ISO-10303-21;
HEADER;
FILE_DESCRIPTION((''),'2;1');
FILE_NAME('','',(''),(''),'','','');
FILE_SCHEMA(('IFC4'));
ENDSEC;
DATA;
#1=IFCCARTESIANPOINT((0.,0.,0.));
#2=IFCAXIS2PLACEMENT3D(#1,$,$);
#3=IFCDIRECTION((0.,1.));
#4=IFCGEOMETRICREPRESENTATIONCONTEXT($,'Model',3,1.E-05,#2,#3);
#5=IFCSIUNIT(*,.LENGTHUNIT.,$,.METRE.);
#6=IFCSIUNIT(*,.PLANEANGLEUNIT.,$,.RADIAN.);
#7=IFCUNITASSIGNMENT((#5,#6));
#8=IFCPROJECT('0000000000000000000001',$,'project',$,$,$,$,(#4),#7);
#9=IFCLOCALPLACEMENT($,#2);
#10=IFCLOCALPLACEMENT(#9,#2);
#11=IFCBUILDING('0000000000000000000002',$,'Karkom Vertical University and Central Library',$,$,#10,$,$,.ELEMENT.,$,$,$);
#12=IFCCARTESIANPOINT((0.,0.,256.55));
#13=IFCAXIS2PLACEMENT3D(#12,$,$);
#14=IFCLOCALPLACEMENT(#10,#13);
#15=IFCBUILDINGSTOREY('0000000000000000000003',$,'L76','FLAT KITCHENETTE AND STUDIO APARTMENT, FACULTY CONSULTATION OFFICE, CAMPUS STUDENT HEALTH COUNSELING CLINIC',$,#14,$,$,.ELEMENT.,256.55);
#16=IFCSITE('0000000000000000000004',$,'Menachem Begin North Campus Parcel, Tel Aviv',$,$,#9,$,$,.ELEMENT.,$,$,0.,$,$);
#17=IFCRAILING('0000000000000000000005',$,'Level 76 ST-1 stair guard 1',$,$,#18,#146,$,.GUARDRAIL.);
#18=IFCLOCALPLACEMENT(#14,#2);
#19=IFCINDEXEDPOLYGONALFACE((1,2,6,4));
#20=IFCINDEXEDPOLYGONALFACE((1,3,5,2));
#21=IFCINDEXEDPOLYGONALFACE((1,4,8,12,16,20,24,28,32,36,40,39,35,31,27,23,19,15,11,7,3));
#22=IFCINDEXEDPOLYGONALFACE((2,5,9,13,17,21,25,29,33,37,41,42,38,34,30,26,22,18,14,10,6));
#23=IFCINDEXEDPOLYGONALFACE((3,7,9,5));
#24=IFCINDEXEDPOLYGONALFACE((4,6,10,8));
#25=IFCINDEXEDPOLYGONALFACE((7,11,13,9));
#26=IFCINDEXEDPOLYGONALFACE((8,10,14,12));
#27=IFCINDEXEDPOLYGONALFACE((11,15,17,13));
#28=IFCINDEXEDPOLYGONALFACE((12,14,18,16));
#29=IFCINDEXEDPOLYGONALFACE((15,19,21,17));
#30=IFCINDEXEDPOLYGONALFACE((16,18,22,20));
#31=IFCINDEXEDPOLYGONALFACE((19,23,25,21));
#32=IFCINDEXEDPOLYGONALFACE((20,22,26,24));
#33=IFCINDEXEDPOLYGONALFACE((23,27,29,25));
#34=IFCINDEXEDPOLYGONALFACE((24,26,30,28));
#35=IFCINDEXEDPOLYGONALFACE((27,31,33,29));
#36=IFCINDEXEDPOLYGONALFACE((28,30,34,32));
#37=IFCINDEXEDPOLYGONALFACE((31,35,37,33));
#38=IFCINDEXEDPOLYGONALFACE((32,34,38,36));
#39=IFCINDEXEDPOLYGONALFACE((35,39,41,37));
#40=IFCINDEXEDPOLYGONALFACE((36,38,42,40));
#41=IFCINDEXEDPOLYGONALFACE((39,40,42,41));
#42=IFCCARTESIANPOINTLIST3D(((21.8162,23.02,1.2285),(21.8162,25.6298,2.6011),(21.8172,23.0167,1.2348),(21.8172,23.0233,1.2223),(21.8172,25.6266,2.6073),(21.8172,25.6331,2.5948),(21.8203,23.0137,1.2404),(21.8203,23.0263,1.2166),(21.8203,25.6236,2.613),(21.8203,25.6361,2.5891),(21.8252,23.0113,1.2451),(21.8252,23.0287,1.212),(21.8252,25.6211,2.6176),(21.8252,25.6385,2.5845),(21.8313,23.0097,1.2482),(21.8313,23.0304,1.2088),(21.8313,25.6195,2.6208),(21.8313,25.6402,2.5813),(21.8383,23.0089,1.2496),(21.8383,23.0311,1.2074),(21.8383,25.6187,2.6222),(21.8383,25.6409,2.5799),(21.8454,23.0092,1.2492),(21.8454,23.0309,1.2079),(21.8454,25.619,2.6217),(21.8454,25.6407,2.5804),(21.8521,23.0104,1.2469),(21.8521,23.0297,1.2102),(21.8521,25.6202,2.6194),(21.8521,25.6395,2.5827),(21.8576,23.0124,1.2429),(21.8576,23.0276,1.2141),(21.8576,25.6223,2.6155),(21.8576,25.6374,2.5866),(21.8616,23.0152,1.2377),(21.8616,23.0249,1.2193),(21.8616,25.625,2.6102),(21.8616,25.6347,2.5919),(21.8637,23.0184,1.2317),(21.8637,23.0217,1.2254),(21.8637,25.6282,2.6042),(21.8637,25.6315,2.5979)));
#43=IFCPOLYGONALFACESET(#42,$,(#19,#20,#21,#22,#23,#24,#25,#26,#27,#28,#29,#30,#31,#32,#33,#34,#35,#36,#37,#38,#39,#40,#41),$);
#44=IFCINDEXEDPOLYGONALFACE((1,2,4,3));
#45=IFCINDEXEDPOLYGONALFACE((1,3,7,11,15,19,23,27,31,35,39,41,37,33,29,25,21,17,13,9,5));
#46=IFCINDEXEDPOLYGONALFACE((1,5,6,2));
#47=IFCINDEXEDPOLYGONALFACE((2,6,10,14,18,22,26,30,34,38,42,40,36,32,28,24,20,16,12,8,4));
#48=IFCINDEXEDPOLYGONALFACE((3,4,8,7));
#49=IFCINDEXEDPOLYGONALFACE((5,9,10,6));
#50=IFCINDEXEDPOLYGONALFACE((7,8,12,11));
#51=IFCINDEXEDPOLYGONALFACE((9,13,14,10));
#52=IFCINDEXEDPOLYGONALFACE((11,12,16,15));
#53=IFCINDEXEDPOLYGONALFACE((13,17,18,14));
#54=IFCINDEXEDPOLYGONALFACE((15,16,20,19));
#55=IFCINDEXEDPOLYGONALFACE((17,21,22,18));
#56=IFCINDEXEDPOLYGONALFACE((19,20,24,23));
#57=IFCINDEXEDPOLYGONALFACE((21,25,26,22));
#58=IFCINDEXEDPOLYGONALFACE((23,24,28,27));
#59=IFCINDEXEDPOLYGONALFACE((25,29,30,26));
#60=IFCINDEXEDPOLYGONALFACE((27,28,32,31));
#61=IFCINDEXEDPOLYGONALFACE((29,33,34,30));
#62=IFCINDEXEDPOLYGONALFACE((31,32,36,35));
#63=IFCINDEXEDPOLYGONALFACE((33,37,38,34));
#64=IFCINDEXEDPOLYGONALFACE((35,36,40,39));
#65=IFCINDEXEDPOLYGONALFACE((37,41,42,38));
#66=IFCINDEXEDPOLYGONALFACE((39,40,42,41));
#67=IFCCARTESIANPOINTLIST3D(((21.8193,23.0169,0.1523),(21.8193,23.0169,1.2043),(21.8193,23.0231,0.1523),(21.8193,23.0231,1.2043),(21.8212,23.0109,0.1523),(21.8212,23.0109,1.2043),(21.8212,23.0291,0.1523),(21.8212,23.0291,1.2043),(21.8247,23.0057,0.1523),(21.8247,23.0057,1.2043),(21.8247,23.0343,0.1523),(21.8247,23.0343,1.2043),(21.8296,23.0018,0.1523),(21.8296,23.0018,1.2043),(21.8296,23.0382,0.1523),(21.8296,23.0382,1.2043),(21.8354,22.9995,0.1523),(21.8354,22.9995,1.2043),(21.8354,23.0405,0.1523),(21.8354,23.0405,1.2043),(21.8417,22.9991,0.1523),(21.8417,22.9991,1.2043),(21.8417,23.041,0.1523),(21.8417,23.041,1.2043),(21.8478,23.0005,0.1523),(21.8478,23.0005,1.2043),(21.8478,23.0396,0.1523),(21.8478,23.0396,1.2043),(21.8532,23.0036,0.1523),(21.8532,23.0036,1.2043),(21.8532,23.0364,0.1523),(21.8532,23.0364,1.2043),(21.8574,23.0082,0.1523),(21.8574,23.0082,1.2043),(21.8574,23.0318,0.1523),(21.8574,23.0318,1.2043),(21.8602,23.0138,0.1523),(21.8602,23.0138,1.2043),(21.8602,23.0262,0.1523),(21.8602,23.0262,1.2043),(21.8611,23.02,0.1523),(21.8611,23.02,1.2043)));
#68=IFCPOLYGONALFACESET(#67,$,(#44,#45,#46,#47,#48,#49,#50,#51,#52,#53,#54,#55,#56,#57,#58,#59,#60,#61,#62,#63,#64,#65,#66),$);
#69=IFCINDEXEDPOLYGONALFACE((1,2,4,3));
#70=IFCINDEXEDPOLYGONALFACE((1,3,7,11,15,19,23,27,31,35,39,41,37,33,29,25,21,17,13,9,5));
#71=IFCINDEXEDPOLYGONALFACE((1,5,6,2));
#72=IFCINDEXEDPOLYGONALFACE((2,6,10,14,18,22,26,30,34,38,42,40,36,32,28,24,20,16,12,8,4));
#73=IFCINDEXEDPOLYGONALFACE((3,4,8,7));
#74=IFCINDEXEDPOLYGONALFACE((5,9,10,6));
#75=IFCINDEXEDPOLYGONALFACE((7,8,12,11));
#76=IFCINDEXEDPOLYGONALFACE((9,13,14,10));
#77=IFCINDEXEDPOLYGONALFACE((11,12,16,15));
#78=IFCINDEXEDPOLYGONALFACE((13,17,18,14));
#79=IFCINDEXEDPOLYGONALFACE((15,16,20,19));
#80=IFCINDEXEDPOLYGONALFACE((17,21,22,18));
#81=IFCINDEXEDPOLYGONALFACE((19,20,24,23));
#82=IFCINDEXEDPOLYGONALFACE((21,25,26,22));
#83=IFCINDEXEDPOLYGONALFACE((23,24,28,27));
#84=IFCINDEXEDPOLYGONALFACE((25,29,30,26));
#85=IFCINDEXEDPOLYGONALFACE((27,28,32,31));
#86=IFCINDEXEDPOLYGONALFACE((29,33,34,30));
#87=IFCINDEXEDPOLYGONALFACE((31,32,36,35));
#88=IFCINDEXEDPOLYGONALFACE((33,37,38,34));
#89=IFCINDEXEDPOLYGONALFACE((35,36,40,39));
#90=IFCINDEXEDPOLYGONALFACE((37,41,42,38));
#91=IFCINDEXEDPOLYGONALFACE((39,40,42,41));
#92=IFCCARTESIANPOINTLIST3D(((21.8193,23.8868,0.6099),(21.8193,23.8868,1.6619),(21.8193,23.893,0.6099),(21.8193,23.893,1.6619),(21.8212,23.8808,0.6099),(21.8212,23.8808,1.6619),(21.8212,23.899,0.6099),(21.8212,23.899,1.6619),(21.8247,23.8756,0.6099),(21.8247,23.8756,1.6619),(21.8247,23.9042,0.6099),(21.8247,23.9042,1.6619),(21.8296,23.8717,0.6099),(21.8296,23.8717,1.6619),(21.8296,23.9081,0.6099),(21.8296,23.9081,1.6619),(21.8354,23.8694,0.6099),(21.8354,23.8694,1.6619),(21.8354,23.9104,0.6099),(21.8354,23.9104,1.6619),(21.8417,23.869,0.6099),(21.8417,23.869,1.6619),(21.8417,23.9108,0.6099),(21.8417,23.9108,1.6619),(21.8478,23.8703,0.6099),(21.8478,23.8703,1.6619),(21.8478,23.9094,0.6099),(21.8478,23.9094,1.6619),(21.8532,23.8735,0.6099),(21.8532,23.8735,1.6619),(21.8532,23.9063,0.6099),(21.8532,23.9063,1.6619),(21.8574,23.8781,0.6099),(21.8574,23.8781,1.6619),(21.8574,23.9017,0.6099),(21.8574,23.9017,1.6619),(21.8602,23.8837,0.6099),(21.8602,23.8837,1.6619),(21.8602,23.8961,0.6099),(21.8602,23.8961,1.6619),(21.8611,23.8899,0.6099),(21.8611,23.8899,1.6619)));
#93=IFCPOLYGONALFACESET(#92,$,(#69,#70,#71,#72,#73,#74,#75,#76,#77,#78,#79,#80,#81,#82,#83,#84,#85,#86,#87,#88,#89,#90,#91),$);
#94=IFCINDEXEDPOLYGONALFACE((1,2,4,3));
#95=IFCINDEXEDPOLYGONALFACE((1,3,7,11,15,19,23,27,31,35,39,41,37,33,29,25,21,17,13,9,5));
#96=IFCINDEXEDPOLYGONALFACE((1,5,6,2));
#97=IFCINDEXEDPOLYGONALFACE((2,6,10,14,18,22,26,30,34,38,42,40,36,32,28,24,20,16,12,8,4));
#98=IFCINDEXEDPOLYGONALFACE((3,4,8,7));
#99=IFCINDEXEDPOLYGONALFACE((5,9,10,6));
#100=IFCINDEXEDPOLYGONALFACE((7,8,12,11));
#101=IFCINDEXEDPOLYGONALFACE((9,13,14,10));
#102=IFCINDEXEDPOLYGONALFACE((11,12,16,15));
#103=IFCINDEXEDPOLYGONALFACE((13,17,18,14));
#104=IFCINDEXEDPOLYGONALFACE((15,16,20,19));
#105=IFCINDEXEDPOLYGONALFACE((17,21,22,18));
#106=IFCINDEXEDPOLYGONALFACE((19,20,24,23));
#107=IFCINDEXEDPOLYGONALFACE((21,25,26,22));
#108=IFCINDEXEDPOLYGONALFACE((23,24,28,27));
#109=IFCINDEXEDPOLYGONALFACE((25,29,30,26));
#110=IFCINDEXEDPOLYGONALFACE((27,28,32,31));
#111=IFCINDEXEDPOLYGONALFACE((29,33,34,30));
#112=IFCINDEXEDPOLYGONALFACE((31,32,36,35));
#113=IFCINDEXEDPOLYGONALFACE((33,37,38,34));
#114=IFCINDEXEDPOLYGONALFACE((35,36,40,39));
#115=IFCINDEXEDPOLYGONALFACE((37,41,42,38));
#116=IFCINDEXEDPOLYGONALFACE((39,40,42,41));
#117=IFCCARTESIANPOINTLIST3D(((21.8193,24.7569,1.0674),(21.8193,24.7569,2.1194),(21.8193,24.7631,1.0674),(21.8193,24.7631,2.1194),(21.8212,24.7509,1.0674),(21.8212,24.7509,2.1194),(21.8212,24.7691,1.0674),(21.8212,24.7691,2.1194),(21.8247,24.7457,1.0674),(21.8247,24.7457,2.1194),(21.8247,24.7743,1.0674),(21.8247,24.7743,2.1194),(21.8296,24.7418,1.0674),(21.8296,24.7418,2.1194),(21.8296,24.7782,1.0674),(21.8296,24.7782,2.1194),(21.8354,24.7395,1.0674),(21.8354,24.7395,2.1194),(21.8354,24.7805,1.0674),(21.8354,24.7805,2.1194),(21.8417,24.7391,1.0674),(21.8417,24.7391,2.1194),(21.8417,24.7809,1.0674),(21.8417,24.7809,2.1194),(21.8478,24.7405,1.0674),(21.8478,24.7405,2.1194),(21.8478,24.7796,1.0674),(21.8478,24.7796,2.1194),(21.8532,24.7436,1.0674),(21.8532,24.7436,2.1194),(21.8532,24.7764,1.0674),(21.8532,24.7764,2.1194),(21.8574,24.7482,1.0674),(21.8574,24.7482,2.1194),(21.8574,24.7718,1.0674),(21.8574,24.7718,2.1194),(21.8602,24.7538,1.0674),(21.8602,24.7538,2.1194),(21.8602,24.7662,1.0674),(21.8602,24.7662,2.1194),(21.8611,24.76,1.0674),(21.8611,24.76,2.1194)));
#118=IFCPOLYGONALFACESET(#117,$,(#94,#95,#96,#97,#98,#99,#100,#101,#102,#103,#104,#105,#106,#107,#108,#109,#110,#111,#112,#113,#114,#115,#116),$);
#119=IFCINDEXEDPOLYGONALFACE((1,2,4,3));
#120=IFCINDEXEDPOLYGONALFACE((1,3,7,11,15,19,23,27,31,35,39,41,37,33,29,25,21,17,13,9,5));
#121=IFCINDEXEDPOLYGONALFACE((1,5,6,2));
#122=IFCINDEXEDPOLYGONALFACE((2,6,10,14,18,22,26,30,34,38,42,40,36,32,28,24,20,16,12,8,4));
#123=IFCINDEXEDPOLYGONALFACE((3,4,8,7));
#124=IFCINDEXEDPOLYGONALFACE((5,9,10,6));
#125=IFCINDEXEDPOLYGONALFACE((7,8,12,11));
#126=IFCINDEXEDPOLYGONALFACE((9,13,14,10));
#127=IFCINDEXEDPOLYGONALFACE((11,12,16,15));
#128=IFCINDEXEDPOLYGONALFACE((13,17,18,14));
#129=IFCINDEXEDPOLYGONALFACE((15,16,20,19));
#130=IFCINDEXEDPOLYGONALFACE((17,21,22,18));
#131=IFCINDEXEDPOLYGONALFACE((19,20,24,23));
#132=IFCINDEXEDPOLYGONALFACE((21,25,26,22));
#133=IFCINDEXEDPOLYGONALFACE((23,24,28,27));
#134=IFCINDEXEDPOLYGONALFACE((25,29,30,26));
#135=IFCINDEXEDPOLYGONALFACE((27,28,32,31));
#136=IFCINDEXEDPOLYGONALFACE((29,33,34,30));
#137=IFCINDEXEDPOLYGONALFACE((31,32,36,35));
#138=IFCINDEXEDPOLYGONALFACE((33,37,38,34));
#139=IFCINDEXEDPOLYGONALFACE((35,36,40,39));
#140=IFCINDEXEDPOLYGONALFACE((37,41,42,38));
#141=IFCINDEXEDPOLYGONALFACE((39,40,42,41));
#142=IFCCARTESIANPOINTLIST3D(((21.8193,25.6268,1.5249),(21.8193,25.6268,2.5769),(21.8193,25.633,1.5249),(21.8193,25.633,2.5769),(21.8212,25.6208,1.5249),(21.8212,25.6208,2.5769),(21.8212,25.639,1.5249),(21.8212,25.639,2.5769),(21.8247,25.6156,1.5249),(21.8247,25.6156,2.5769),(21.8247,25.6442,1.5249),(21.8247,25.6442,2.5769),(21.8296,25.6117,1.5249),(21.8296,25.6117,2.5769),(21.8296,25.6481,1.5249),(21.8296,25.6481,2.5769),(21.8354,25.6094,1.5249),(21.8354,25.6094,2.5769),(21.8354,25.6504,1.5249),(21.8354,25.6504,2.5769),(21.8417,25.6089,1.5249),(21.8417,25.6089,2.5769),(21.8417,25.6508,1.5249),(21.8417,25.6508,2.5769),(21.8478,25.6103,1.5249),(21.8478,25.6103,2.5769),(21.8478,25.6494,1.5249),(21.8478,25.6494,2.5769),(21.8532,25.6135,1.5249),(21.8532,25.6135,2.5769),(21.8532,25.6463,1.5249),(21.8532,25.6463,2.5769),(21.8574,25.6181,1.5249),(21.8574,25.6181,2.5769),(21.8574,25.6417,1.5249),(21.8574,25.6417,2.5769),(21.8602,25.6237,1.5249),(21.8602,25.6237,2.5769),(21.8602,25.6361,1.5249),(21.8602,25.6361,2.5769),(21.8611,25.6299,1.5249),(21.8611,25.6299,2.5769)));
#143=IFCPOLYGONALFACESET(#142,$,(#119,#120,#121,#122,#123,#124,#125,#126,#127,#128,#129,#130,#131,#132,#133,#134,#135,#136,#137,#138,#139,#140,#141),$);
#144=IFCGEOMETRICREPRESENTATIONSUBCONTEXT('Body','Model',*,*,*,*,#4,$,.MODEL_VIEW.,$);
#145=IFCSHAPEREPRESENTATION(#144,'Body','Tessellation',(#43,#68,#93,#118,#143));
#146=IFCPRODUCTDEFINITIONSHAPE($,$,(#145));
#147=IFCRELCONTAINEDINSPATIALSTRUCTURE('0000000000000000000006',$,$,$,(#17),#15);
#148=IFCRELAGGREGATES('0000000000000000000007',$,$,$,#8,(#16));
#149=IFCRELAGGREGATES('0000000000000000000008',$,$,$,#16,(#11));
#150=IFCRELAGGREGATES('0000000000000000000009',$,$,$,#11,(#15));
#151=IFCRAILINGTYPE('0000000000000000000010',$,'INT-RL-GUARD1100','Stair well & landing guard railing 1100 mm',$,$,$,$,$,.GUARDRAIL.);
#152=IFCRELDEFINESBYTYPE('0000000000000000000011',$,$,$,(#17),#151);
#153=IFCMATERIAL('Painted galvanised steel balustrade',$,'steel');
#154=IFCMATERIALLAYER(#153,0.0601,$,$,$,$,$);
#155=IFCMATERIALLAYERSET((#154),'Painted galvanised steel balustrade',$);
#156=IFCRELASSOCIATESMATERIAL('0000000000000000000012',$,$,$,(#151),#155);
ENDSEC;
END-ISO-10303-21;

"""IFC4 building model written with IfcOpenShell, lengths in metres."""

from ifc_helpers import new_model, si_unit, direction, frame, origin, origin_2d, place, context, subcontext, project, spatial, circle, extrude, material, layer, layer_set, type_object, element, save


model = new_model("IFC4")

# Units and contexts
model_context = context("Model", 3, precision=1e-05, world=origin(), true_north=direction((0.0, 1.0)))
body_context = subcontext(model_context, "Body", "Model", "MODEL_VIEW")
ifc_project = project(units=[si_unit("LENGTHUNIT", "METRE"), si_unit("PLANEANGLEUNIT", "RADIAN")], contexts=[model_context])

# Site, building, storey
site_placement = place(None, origin())
site = spatial("IfcSite", under=ifc_project, at=site_placement, Name="Menachem Begin North Campus Parcel, Tel Aviv", CompositionType="ELEMENT", RefElevation=0.0)
building_placement = place(site_placement, origin())
building = spatial("IfcBuilding", under=site, at=building_placement, Name="Karkom Vertical University and Central Library", CompositionType="ELEMENT")
storey_placement = place(building_placement, frame((0.0, 0.0, 256.55)))
storey = spatial("IfcBuildingStorey", under=building, at=storey_placement, Name="L76", Description="FLAT KITCHENETTE AND STUDIO APARTMENT, FACULTY CONSULTATION OFFICE, CAMPUS STUDENT HEALTH COUNSELING CLINIC", CompositionType="ELEMENT", Elevation=256.55)

# Railing
ifc_material_1 = material(Name="Painted galvanised steel balustrade", Category="steel")
ifc_layer_1 = layer(ifc_material_1, 0.0601)
ifc_layer_set_1 = layer_set([ifc_layer_1], Name="Painted galvanised steel balustrade")
railing_type_1 = type_object("IfcRailingType", Name="INT-RL-GUARD1100", Description="Stair well & landing guard railing 1100 mm", PredefinedType="GUARDRAIL", material=ifc_layer_set_1)
railing_1_placement = place(storey_placement, frame((21.8401, 23.02, 0.1523)))
element("IfcRailing", 1, at=railing_1_placement, inside=storey, type_object=railing_type_1, Name="Level 76 ST-1 stair guard 1", PredefinedType="GUARDRAIL", context=body_context, shape_type="SweptSolid", body=[
    extrude(circle(Radius=0.0239, at=origin_2d()), frame((0.0, 0.0, 1.0762), z_axis=(0.0, 0.885065, 0.465467), x_axis=(-1.0, 0.0, 0.0)), (0.0, 0.0, 1.0), 2.9487),
    extrude(circle(Radius=0.021, at=origin_2d()), origin(), (0.0, 0.0, 1.0), 1.052),
    extrude(circle(Radius=0.021, at=origin_2d()), frame((0.0, 0.8699, 0.4575)), (0.0, 0.0, 1.0), 1.052),
    extrude(circle(Radius=0.021, at=origin_2d()), frame((0.0, 1.74, 0.915)), (0.0, 0.0, 1.0), 1.052),
    extrude(circle(Radius=0.021, at=origin_2d()), frame((0.0, 2.6099, 1.3726)), (0.0, 0.0, 1.0), 1.052),
])

save(model, "model.ifc")
